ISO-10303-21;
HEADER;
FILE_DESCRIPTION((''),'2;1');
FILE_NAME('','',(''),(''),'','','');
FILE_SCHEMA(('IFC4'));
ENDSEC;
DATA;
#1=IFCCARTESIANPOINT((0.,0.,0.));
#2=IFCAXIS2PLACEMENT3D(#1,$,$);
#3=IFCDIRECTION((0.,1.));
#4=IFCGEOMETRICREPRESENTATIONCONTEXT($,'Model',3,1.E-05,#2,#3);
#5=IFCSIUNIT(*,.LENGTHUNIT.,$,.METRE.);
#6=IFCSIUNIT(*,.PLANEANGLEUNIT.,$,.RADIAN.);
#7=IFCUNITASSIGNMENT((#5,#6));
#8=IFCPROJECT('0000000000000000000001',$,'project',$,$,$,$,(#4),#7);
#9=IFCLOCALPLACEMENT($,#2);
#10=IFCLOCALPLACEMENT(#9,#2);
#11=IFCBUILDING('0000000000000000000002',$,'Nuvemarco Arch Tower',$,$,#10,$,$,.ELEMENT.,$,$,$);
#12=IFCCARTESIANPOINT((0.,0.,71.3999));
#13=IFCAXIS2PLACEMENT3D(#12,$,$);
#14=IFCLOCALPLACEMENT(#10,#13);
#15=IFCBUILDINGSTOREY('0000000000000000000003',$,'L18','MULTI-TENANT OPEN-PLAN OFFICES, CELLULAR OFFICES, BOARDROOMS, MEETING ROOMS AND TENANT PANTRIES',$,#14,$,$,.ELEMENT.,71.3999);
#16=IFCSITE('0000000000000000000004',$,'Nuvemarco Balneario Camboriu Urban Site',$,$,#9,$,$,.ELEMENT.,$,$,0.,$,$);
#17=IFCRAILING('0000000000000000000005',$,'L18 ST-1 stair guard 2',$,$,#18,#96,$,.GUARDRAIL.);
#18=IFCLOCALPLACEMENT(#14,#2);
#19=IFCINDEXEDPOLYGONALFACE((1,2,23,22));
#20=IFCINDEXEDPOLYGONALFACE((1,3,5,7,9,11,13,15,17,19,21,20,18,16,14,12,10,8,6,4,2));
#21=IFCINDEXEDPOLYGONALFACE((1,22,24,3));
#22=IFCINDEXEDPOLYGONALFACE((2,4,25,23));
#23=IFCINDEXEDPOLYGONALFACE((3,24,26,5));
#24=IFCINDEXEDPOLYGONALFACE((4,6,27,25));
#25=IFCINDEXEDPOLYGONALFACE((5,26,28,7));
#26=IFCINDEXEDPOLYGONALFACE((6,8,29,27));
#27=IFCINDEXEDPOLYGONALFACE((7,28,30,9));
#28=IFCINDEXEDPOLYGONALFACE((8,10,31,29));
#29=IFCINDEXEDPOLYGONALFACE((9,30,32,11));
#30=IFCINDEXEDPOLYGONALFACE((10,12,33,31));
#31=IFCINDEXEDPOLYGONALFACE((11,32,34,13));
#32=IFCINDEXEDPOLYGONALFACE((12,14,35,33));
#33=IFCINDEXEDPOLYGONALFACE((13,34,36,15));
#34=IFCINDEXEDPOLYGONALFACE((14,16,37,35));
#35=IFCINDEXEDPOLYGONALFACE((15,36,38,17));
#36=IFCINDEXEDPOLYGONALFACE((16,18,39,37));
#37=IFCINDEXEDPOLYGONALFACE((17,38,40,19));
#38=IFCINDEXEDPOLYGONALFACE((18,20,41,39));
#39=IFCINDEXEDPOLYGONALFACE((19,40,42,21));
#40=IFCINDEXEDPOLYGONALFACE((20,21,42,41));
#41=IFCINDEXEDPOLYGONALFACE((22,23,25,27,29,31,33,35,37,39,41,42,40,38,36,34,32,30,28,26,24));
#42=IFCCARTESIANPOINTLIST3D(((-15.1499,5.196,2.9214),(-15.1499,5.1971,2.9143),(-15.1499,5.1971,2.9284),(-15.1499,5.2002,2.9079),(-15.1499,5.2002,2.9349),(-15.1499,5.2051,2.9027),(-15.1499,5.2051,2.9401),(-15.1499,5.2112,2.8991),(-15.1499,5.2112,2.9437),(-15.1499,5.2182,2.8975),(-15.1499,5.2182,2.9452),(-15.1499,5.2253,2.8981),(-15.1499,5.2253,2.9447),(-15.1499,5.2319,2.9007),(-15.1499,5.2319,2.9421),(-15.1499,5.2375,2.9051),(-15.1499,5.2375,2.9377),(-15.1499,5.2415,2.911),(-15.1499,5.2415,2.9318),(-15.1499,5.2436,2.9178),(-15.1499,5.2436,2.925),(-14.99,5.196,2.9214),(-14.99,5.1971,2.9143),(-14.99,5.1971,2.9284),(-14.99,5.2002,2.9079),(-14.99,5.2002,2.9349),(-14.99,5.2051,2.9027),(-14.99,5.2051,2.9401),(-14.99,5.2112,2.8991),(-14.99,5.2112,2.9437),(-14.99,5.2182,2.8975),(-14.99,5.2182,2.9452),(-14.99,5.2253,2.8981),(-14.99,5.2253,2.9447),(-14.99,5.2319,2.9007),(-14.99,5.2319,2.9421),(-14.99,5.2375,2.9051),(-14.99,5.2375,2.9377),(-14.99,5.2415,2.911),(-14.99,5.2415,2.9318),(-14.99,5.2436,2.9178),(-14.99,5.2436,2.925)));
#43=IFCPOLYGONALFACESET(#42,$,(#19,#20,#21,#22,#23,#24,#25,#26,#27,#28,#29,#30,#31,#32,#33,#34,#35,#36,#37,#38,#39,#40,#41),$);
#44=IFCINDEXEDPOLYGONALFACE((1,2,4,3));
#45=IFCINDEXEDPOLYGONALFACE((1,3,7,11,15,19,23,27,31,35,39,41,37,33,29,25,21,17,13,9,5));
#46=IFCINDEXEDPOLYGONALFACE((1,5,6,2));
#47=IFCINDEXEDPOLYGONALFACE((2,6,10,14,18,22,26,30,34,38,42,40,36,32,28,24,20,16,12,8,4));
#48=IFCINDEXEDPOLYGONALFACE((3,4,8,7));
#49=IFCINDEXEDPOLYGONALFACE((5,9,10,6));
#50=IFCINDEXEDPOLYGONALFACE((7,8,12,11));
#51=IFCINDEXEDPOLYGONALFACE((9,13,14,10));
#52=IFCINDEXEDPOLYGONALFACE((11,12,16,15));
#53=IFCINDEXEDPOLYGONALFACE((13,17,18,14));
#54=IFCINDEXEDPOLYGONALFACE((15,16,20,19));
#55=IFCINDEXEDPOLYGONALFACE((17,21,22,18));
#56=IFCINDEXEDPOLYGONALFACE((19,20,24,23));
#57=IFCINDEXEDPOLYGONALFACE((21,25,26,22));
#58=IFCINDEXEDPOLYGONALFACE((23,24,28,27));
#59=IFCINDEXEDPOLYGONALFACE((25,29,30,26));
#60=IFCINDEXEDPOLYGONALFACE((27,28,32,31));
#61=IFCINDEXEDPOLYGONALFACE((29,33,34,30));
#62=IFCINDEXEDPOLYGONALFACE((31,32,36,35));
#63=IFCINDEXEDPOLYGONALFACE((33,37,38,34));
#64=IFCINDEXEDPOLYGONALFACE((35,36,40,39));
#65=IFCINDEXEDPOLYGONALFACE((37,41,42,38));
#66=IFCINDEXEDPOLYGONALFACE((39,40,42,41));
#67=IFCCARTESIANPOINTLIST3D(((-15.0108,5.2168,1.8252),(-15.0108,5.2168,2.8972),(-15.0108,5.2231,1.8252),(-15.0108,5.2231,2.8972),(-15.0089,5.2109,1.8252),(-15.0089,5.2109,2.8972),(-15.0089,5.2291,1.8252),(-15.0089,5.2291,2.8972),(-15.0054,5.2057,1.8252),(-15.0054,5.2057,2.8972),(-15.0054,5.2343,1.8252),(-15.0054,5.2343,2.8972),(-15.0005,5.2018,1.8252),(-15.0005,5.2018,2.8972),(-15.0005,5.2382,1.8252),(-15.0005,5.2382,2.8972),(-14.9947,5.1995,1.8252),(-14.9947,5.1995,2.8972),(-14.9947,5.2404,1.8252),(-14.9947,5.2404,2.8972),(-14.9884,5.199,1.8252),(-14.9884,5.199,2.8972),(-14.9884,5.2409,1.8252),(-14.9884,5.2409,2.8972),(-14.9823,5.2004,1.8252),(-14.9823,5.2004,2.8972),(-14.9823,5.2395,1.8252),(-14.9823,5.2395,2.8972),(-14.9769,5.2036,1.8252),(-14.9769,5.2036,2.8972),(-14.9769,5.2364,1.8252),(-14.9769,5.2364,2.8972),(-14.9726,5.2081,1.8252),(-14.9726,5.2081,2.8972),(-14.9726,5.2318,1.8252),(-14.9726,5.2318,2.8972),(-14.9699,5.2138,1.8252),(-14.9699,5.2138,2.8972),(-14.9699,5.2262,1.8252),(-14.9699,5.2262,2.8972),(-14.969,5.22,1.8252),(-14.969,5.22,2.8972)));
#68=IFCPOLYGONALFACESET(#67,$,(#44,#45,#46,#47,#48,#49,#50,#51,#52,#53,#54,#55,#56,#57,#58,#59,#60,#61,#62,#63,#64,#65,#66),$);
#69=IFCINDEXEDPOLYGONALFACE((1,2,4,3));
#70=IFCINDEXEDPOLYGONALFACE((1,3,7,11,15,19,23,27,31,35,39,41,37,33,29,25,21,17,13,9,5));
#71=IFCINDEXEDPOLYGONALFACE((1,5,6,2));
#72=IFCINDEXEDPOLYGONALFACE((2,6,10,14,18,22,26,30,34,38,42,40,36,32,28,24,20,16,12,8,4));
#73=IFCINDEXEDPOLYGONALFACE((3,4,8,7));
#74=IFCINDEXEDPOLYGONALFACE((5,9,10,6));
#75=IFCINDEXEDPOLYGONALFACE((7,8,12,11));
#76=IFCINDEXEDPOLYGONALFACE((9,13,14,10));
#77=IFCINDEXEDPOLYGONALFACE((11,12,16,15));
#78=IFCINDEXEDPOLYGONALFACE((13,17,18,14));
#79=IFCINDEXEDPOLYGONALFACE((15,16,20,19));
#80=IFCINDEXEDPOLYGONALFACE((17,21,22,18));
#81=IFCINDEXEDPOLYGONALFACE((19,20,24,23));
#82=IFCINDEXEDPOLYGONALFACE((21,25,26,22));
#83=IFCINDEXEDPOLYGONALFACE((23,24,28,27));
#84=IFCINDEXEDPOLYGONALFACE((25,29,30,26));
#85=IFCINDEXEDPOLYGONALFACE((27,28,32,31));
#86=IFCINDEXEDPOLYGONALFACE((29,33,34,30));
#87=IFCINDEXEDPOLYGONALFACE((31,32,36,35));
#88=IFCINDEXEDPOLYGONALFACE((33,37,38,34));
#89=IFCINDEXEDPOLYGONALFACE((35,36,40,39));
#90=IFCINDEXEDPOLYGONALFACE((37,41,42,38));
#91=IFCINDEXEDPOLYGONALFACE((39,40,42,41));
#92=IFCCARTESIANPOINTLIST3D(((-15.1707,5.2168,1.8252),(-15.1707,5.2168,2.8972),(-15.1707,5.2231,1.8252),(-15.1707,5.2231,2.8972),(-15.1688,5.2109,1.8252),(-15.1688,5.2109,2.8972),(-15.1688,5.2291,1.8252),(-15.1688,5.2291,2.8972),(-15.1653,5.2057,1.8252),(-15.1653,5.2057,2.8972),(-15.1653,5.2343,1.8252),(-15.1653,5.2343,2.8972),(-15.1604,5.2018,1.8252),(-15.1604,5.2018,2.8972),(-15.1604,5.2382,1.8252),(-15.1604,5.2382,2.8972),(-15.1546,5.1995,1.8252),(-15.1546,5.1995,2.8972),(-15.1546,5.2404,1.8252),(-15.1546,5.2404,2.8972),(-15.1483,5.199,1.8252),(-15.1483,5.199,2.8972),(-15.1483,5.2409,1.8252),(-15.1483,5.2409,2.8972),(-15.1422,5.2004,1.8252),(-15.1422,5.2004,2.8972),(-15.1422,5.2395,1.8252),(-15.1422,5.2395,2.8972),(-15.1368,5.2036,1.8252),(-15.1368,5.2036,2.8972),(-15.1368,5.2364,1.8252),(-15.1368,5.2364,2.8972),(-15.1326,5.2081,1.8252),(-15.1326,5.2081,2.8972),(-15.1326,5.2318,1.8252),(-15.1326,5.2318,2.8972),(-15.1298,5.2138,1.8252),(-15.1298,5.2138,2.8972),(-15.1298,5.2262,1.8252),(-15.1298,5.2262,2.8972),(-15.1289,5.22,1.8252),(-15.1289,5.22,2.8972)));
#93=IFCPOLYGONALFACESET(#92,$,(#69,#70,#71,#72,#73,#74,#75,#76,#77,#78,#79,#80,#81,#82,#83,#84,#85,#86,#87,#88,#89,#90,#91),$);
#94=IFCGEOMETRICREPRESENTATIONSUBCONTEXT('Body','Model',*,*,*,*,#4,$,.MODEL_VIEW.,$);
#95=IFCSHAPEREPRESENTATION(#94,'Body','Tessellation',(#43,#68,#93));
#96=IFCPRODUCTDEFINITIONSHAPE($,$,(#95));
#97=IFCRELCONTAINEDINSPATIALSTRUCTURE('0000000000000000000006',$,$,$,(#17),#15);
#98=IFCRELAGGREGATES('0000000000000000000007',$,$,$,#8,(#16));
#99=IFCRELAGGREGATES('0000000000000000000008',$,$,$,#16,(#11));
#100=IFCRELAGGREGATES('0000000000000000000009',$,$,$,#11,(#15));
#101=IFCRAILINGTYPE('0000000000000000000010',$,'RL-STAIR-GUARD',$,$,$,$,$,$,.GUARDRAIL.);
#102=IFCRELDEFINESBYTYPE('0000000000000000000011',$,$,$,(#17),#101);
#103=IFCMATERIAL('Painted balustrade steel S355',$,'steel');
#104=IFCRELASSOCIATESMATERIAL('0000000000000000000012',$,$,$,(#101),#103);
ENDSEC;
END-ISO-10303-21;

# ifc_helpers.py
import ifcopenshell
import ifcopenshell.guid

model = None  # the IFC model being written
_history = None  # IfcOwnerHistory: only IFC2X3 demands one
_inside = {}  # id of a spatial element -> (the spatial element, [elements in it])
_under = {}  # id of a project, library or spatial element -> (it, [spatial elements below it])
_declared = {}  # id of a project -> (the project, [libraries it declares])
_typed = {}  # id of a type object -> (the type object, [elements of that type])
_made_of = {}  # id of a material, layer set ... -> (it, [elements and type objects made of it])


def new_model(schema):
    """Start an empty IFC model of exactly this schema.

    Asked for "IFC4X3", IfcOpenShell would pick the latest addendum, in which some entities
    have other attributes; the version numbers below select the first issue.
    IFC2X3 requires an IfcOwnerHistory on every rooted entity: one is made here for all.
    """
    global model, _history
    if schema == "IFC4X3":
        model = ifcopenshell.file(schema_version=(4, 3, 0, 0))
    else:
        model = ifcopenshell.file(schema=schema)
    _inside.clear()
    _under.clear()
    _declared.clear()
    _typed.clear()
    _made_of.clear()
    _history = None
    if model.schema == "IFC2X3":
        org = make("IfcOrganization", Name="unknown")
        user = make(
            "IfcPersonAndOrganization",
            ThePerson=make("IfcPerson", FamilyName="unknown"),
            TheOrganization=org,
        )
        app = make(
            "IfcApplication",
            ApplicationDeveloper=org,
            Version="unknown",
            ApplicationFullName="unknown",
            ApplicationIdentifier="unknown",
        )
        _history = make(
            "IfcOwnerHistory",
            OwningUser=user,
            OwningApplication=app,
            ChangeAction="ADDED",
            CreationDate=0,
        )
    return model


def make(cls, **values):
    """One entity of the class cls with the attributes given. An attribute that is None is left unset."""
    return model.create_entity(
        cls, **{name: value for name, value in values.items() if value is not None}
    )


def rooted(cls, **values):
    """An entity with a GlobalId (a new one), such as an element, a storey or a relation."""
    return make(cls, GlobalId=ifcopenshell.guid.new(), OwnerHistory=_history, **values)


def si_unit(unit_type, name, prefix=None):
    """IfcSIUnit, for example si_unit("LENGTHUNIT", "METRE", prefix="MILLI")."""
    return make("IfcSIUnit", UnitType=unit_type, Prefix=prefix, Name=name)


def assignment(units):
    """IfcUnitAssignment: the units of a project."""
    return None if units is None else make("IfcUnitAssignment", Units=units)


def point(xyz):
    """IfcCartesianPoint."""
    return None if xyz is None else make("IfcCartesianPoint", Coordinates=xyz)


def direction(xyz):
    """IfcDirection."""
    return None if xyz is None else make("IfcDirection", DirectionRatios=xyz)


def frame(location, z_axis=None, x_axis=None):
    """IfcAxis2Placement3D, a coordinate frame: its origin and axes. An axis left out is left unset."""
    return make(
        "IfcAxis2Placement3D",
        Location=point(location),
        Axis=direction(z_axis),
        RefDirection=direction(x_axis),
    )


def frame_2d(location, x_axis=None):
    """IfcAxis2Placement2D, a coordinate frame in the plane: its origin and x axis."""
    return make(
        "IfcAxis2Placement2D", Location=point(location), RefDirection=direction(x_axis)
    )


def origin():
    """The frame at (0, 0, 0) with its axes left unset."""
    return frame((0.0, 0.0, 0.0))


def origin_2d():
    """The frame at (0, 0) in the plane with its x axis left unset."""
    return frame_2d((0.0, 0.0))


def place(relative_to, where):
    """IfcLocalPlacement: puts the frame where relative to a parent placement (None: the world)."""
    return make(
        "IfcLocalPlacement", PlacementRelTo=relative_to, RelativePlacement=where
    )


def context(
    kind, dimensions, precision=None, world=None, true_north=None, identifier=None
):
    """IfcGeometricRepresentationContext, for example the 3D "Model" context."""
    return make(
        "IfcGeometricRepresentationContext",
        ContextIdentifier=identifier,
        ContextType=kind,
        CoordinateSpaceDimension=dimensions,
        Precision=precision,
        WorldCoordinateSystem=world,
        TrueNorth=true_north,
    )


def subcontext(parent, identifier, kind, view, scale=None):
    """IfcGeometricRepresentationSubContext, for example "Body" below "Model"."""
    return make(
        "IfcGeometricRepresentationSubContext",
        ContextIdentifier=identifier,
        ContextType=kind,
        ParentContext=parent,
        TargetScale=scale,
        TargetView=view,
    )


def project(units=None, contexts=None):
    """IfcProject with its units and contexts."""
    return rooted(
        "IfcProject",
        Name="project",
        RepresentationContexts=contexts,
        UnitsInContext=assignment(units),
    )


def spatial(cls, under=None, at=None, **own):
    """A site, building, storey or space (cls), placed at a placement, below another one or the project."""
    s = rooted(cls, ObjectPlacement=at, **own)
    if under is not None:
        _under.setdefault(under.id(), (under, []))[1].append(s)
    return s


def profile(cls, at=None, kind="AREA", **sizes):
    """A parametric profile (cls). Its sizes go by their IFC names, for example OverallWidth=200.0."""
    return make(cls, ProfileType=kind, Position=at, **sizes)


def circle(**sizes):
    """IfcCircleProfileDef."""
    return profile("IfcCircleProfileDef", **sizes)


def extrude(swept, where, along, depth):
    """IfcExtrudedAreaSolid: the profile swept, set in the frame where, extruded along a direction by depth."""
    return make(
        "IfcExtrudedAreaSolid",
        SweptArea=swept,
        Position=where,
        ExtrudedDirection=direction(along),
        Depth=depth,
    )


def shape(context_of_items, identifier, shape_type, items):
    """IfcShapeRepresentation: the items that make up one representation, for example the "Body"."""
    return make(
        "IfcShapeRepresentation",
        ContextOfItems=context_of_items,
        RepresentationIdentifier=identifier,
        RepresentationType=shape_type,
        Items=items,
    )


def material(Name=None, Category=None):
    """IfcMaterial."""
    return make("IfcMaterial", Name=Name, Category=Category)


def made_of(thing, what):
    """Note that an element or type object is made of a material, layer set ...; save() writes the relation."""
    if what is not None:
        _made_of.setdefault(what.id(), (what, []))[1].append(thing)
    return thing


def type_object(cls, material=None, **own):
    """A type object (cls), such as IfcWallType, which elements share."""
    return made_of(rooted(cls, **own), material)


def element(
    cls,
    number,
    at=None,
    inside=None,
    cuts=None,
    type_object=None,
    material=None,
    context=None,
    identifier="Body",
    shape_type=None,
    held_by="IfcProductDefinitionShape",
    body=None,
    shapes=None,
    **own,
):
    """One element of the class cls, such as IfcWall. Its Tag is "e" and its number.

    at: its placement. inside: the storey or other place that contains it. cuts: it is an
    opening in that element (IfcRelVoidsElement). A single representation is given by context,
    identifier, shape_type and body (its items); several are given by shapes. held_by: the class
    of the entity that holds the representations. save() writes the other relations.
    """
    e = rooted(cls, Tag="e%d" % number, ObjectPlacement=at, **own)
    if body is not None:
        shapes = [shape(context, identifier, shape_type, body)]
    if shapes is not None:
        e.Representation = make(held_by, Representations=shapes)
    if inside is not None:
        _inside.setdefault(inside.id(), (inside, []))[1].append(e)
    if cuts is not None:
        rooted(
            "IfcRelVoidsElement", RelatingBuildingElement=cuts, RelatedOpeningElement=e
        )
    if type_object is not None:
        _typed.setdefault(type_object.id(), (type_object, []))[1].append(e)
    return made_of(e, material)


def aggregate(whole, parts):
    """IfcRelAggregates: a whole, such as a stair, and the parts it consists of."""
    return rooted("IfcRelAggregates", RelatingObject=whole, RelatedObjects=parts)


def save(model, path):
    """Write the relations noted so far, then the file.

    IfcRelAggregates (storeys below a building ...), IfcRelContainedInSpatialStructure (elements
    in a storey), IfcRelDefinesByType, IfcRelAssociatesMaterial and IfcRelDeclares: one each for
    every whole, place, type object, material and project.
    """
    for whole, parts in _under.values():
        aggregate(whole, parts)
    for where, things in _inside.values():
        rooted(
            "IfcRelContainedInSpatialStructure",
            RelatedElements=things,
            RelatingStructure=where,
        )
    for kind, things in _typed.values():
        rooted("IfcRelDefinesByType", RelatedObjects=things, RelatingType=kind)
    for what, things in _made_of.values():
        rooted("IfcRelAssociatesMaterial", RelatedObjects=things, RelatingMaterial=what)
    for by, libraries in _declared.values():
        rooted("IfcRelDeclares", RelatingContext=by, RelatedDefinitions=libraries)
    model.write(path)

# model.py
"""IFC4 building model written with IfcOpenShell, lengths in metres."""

from ifc_helpers import new_model, si_unit, direction, frame, origin, origin_2d, place, context, subcontext, project, spatial, circle, extrude, material, type_object, element, save


model = new_model("IFC4")

# Units and contexts
model_context = context("Model", 3, precision=1e-05, world=origin(), true_north=direction((0.0, 1.0)))
body_context = subcontext(model_context, "Body", "Model", "MODEL_VIEW")
ifc_project = project(units=[si_unit("LENGTHUNIT", "METRE"), si_unit("PLANEANGLEUNIT", "RADIAN")], contexts=[model_context])

# Site, building, storey
site_placement = place(None, origin())
site = spatial("IfcSite", under=ifc_project, at=site_placement, Name="Nuvemarco Balneario Camboriu Urban Site", CompositionType="ELEMENT", RefElevation=0.0)
building_placement = place(site_placement, origin())
building = spatial("IfcBuilding", under=site, at=building_placement, Name="Nuvemarco Arch Tower", CompositionType="ELEMENT")
storey_placement = place(building_placement, frame((0.0, 0.0, 71.3999)))
storey = spatial("IfcBuildingStorey", under=building, at=storey_placement, Name="L18", Description="MULTI-TENANT OPEN-PLAN OFFICES, CELLULAR OFFICES, BOARDROOMS, MEETING ROOMS AND TENANT PANTRIES", CompositionType="ELEMENT", Elevation=71.3999)

# Railing
ifc_material_1 = material(Name="Painted balustrade steel S355", Category="steel")
railing_type_1 = type_object("IfcRailingType", Name="RL-STAIR-GUARD", PredefinedType="GUARDRAIL", material=ifc_material_1)
railing_1_placement = place(storey_placement, frame((-14.99, 5.22, 1.8252)))
element("IfcRailing", 1, at=railing_1_placement, inside=storey, type_object=railing_type_1, Name="L18 ST-1 stair guard 2", PredefinedType="GUARDRAIL", context=body_context, shape_type="SweptSolid", body=[
    extrude(circle(Radius=0.0239, at=origin_2d()), frame((0.0, 0.0, 1.0962), z_axis=(-1.0, 0.0, 0.0), x_axis=(0.0, -1.0, 0.0)), (0.0, 0.0, 1.0), 0.1599),
    extrude(circle(Radius=0.021, at=origin_2d()), origin(), (0.0, 0.0, 1.0), 1.072),
    extrude(circle(Radius=0.021, at=origin_2d()), frame((-0.1599, 0.0, 0.0)), (0.0, 0.0, 1.0), 1.072),
])

save(model, "model.ifc")
